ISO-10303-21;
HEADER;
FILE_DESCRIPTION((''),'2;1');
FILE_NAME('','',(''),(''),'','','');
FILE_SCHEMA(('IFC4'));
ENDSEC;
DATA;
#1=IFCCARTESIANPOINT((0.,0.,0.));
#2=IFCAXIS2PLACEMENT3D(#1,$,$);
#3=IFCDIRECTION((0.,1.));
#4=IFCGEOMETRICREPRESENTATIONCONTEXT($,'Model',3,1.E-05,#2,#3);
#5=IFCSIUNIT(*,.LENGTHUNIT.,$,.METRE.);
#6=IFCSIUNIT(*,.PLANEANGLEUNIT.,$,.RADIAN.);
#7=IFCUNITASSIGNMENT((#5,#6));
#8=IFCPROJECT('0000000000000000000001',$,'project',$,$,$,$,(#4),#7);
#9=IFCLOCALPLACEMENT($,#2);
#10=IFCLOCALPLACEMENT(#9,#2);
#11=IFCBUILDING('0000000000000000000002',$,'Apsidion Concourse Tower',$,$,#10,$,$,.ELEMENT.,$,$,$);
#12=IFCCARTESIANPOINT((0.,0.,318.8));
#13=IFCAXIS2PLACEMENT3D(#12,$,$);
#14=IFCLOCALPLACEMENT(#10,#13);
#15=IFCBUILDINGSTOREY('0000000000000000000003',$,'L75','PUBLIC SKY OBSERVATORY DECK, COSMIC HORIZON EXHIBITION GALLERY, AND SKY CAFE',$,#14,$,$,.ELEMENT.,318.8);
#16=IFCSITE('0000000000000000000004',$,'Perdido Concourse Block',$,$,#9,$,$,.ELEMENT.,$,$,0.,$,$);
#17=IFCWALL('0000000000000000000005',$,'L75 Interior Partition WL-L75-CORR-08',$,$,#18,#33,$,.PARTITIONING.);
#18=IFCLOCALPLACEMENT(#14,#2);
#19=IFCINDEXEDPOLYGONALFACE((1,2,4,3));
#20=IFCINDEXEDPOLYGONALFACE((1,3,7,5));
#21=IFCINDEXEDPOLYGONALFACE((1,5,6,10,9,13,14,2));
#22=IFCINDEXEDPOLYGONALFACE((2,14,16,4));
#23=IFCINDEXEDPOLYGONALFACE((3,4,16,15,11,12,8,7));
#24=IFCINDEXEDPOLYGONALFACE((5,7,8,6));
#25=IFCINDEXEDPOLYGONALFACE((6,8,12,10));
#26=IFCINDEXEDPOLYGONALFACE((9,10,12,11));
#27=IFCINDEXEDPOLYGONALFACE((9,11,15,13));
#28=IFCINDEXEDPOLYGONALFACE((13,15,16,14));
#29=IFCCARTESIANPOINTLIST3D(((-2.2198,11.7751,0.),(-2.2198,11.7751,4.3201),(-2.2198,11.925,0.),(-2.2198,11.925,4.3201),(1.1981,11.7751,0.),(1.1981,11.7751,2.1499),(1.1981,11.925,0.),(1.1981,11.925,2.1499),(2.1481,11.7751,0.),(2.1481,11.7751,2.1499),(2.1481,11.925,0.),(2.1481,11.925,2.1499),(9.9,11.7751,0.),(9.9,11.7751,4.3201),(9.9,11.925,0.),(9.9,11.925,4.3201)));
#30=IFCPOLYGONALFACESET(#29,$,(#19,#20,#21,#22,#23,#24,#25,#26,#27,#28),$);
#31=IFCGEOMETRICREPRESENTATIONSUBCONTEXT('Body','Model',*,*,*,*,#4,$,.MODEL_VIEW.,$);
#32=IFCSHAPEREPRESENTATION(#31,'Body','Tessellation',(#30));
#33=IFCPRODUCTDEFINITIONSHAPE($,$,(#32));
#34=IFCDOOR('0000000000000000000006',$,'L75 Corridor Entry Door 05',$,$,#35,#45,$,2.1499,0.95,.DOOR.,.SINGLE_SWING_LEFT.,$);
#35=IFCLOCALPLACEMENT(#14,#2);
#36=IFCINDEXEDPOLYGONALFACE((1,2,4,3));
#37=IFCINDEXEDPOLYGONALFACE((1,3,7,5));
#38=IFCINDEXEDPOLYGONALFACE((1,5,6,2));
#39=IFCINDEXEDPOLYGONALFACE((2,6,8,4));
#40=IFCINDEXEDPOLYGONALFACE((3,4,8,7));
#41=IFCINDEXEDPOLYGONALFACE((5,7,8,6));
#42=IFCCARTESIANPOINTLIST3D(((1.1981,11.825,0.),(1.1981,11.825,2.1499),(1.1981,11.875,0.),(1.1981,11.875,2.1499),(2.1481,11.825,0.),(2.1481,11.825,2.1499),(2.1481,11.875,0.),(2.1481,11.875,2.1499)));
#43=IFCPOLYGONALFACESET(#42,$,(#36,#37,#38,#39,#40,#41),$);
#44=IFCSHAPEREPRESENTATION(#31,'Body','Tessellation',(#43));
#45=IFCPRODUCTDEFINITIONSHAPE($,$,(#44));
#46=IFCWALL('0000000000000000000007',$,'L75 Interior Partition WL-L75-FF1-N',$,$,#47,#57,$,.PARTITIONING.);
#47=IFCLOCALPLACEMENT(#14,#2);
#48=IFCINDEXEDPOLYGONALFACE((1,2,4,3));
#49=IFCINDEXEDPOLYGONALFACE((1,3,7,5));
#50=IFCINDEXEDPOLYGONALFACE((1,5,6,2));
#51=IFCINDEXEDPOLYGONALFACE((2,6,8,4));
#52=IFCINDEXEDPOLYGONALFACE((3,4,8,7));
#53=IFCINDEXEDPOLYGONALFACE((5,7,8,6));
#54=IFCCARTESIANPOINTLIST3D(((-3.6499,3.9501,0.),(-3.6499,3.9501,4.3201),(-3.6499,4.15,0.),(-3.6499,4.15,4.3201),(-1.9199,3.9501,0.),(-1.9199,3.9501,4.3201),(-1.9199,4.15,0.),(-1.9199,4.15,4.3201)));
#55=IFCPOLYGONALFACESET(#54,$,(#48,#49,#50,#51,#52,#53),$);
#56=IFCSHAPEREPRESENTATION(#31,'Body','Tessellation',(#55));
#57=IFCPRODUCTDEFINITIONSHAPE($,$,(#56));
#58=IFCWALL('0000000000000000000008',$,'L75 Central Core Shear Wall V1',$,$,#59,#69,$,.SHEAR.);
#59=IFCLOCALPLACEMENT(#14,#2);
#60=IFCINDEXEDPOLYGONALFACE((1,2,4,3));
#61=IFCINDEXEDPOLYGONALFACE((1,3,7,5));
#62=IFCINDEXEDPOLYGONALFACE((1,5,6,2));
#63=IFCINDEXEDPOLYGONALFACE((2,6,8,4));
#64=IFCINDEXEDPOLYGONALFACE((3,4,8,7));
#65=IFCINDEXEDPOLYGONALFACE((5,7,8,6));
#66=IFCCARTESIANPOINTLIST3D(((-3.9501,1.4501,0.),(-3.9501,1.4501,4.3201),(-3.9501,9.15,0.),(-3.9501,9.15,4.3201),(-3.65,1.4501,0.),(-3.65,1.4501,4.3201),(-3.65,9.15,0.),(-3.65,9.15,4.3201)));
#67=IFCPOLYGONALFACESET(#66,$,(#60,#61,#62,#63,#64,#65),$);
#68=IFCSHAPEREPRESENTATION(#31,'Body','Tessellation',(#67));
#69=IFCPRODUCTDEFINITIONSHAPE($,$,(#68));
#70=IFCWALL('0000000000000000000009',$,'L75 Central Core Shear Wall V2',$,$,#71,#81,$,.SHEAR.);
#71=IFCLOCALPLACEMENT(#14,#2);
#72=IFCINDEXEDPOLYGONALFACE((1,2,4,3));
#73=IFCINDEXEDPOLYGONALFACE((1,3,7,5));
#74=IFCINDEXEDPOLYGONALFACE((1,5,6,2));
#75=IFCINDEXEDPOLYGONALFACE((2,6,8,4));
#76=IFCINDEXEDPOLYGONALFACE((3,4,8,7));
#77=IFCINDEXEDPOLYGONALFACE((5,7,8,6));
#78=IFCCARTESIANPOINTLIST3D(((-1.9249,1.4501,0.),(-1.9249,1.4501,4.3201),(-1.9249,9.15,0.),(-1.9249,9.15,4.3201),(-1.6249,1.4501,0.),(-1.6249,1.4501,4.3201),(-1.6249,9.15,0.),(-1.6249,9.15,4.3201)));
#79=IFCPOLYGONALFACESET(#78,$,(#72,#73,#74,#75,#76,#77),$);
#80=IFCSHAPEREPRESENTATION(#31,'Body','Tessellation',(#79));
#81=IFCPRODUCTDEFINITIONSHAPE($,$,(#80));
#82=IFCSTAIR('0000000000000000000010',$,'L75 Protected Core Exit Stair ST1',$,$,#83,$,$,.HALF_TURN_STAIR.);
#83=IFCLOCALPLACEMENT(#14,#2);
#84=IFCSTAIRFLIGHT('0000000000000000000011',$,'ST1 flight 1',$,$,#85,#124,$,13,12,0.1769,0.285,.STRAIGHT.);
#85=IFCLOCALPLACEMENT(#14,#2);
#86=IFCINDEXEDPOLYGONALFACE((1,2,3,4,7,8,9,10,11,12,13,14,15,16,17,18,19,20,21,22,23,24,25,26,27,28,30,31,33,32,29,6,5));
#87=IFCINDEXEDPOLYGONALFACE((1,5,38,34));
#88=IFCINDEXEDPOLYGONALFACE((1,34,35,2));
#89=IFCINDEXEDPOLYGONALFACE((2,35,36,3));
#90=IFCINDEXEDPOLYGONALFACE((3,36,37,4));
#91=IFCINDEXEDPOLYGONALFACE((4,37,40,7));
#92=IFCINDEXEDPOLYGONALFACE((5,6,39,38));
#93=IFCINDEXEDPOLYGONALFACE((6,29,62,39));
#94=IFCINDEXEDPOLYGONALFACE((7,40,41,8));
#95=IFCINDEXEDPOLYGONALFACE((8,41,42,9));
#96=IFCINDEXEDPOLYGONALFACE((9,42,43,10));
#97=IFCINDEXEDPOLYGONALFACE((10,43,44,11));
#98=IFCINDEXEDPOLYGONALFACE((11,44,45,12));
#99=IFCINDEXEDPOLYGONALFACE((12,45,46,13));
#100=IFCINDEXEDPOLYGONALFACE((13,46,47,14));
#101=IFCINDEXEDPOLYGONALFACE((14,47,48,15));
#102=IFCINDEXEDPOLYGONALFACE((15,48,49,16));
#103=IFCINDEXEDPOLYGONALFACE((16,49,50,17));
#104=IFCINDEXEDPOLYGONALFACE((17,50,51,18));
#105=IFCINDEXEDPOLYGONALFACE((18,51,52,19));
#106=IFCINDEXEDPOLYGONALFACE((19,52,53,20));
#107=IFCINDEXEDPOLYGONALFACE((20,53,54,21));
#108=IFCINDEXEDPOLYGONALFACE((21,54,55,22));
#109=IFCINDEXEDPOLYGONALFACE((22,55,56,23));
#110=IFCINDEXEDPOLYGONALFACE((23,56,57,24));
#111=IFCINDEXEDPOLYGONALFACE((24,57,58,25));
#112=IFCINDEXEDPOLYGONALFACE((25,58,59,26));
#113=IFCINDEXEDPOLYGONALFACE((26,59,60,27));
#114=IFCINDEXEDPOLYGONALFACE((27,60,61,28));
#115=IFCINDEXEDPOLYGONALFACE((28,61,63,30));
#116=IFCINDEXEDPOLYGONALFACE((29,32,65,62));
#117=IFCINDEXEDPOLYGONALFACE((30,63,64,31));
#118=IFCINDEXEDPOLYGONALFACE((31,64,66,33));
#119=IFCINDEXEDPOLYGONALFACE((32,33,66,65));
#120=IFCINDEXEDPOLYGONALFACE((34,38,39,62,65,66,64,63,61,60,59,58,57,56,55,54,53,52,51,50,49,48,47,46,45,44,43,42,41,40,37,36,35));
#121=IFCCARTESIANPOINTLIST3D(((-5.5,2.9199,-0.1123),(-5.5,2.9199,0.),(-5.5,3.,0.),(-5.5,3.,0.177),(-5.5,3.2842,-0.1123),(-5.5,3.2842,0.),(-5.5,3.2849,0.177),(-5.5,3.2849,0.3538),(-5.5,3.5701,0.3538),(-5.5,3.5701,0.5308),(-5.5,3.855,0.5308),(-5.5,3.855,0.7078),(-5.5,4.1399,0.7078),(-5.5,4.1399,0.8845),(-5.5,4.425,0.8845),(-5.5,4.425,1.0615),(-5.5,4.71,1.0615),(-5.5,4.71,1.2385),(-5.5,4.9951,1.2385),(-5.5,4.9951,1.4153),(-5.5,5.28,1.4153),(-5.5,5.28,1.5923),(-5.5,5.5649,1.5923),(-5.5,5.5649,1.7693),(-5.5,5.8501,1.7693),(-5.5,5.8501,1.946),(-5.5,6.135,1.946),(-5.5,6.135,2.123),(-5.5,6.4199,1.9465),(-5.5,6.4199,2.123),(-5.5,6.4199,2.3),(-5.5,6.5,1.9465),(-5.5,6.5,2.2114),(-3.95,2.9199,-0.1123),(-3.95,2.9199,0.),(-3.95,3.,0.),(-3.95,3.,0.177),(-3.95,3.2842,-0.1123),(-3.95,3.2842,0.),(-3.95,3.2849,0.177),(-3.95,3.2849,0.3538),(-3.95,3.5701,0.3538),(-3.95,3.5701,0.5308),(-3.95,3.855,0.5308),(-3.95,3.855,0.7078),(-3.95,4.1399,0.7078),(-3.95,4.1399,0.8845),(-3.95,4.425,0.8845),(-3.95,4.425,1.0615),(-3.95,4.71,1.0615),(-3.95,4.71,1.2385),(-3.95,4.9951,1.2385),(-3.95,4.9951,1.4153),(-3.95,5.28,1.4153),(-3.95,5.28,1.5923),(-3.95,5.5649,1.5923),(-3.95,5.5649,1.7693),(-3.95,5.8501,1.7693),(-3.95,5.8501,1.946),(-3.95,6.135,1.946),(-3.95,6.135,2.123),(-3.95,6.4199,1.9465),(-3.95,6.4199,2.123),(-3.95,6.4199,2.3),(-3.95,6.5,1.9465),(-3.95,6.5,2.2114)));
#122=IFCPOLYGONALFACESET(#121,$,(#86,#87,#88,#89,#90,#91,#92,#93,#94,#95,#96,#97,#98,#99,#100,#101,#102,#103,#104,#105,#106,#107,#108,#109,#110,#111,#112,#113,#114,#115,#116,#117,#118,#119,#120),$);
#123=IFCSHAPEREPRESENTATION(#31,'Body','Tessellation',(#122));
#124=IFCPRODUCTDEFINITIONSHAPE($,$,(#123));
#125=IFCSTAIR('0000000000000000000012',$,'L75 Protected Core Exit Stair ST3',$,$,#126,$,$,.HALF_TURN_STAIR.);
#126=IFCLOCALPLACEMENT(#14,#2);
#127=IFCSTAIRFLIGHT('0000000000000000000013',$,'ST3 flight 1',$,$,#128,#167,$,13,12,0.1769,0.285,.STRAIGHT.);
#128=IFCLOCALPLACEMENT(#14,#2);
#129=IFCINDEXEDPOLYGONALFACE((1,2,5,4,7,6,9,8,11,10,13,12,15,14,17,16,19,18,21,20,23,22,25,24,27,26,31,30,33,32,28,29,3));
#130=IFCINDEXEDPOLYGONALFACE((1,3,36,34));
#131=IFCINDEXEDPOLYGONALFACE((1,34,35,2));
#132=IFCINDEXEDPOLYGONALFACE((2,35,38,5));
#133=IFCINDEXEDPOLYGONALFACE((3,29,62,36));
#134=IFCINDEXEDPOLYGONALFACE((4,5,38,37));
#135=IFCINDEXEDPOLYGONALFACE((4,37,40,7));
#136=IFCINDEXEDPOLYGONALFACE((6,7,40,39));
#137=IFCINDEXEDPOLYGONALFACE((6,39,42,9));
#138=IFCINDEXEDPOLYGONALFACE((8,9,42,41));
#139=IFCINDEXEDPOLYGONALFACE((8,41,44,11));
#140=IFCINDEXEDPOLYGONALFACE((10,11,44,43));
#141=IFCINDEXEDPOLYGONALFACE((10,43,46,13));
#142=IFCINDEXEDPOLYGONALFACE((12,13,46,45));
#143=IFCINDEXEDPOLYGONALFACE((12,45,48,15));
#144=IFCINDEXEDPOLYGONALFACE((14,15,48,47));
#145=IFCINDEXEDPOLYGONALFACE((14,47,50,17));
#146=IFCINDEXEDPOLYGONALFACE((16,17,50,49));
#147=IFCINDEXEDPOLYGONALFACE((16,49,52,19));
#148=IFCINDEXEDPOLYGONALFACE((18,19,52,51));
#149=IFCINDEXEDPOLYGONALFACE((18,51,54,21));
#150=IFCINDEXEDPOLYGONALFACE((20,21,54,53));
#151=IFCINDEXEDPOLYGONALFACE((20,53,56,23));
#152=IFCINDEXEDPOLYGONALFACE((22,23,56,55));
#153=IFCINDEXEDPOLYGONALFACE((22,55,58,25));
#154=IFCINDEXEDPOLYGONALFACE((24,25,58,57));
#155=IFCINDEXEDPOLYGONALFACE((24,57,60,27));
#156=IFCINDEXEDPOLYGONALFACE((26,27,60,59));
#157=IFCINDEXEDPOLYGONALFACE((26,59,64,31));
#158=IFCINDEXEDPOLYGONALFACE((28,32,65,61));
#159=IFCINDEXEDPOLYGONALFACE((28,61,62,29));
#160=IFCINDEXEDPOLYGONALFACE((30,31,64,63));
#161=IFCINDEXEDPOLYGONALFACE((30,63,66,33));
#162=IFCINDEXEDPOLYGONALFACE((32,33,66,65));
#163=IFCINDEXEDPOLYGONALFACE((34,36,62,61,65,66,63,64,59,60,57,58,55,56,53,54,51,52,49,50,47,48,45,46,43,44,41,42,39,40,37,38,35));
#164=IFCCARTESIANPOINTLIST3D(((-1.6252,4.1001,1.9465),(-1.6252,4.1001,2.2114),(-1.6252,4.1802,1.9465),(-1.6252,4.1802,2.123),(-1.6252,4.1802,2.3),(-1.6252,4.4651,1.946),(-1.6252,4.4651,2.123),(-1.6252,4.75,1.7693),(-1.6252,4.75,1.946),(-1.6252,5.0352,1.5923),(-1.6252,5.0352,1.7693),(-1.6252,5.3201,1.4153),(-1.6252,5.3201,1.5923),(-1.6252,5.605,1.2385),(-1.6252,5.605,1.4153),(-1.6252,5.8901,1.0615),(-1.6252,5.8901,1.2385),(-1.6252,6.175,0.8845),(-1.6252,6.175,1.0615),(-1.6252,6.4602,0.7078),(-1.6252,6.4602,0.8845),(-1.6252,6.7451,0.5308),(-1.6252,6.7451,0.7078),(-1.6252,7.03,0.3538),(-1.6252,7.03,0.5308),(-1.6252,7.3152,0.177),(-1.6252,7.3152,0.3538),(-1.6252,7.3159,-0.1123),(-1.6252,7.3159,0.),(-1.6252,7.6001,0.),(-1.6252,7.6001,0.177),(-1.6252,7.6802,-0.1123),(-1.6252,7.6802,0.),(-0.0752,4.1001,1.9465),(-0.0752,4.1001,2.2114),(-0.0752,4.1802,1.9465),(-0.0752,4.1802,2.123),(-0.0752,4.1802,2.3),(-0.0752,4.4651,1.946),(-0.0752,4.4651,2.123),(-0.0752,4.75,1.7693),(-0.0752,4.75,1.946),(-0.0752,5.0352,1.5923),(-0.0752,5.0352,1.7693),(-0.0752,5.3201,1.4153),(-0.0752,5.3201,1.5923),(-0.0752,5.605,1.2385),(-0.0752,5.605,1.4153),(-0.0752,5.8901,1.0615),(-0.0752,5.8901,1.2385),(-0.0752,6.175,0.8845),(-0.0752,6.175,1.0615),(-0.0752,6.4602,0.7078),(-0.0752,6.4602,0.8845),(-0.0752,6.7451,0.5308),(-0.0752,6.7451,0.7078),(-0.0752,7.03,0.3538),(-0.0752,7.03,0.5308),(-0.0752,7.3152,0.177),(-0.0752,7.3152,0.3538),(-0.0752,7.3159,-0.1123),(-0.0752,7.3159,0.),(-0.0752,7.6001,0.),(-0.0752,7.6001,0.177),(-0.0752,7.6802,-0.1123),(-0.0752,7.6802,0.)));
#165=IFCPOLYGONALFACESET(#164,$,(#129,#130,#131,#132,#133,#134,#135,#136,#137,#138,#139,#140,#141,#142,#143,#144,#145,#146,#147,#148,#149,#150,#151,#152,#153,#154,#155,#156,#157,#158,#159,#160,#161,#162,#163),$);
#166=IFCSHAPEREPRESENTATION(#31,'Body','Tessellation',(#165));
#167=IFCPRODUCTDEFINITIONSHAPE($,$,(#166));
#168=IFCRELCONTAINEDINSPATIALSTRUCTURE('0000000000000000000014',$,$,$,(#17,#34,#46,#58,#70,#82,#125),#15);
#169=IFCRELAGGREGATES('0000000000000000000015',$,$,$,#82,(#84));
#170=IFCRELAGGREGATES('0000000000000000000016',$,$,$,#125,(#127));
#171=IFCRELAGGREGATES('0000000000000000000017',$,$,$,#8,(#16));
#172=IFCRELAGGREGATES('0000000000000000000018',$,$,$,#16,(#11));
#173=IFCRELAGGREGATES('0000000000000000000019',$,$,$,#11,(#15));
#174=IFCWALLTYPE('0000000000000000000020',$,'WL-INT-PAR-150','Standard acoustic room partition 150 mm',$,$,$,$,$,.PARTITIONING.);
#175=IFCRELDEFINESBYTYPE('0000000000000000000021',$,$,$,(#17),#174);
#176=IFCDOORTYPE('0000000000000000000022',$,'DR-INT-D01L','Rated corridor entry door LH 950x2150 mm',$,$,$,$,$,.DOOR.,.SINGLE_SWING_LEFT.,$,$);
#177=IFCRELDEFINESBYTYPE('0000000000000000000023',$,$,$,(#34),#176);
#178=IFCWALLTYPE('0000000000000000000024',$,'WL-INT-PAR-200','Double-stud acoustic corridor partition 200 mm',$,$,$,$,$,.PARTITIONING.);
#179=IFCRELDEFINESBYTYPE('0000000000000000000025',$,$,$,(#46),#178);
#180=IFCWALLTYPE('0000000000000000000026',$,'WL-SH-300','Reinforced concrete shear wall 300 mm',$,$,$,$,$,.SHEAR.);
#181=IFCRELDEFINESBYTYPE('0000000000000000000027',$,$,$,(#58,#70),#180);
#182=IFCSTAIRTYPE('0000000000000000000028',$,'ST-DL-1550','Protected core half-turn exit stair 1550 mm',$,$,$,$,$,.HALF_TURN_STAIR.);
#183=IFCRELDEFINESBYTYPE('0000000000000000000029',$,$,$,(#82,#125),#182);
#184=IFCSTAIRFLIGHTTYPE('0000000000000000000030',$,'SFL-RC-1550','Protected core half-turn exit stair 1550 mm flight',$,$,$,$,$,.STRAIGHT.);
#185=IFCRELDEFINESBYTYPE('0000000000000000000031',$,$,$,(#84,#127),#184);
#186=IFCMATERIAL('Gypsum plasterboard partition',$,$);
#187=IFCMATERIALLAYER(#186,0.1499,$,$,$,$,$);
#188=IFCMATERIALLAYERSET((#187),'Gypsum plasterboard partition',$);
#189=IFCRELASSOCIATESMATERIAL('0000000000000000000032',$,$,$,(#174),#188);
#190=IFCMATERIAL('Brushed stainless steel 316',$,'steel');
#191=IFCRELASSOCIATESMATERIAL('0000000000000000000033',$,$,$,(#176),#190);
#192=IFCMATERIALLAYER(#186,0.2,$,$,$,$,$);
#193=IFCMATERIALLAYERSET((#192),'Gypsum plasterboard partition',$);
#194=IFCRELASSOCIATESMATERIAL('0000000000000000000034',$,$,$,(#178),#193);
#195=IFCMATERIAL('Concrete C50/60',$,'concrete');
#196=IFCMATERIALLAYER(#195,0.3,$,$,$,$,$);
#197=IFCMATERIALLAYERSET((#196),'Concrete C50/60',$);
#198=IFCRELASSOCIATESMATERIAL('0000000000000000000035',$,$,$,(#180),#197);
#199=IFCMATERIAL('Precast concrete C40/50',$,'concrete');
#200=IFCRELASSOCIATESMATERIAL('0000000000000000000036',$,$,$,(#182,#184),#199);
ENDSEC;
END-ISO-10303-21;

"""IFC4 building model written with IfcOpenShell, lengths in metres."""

from ifc_helpers import new_model, si_unit, direction, frame, frame_2d, origin, place, context, subcontext, project, spatial, polyline, rectangle, outline, extrude, material, layer, layer_set, type_object, element, fill, aggregate, save


model = new_model("IFC4")

# Units and contexts
model_context = context("Model", 3, precision=1e-05, world=origin(), true_north=direction((0.0, 1.0)))
body_context = subcontext(model_context, "Body", "Model", "MODEL_VIEW")
ifc_project = project(units=[si_unit("LENGTHUNIT", "METRE"), si_unit("PLANEANGLEUNIT", "RADIAN")], contexts=[model_context])

# Site, building, storey
site_placement = place(None, origin())
site = spatial("IfcSite", under=ifc_project, at=site_placement, Name="Perdido Concourse Block", CompositionType="ELEMENT", RefElevation=0.0)
building_placement = place(site_placement, origin())
building = spatial("IfcBuilding", under=site, at=building_placement, Name="Apsidion Concourse Tower", CompositionType="ELEMENT")
storey_placement = place(building_placement, frame((0.0, 0.0, 318.8)))
storey = spatial("IfcBuildingStorey", under=building, at=storey_placement, Name="L75", Description="PUBLIC SKY OBSERVATORY DECK, COSMIC HORIZON EXHIBITION GALLERY, AND SKY CAFE", CompositionType="ELEMENT", Elevation=318.8)

# Shared definitions
ifc_material_1 = material(Name="Concrete C50/60", Category="concrete")

# Shared definitions
ifc_material_2 = material(Name="Gypsum plasterboard partition")
ifc_layer_1 = layer(ifc_material_2, 0.1499)
ifc_layer_set_1 = layer_set([ifc_layer_1], Name="Gypsum plasterboard partition")
wall_type_1 = type_object("IfcWallType", Name="WL-INT-PAR-150", Description="Standard acoustic room partition 150 mm", PredefinedType="PARTITIONING", material=ifc_layer_set_1)

# Wall, opening, door
wall_1_placement = place(storey_placement, frame((-2.22, 11.8501, 0.0), z_axis=(0.0, 0.0, 1.0), x_axis=(1.0, 0.0, 0.0)))
wall_1 = element("IfcWall", 1, at=wall_1_placement, inside=storey, type_object=wall_type_1, Name="L75 Interior Partition WL-L75-CORR-08", PredefinedType="PARTITIONING", context=body_context, shape_type="SweptSolid", body=[
    extrude(rectangle(XDim=12.1199, YDim=0.1499, at=frame_2d((6.0601, 0.0))), origin(), (0.0, 0.0, 1.0), 4.3201),
])
opening_placement = place(wall_1_placement, frame((3.418, 0.0, 0.0)))
opening = element("IfcOpeningElement", 2, at=opening_placement, cuts=wall_1, PredefinedType="OPENING", context=body_context, shape_type="SweptSolid", body=[
    extrude(rectangle(XDim=0.95, YDim=2.1499, at=frame_2d((0.4751, 1.075))), frame((0.0, 0.085, 0.0), z_axis=(0.0, -1.0, 0.0), x_axis=(1.0, 0.0, 0.0)), (0.0, 0.0, 1.0), 0.1699),
])
ifc_material_3 = material(Name="Brushed stainless steel 316", Category="steel")
door_type = type_object("IfcDoorType", Name="DR-INT-D01L", Description="Rated corridor entry door LH 950x2150 mm", OperationType="SINGLE_SWING_LEFT", PredefinedType="DOOR", material=ifc_material_3)
door_placement = place(opening_placement, origin())
door = element("IfcDoor", 3, at=door_placement, inside=storey, type_object=door_type, Name="L75 Corridor Entry Door 05", OperationType="SINGLE_SWING_LEFT", OverallHeight=2.1499, OverallWidth=0.95, PredefinedType="DOOR", context=body_context, shape_type="SweptSolid", body=[
    extrude(rectangle(XDim=0.95, YDim=2.1499, at=frame_2d((0.4751, 1.075))), frame((0.0, 0.0249, 0.0), z_axis=(0.0, -1.0, 0.0), x_axis=(1.0, 0.0, 0.0)), (0.0, 0.0, 1.0), 0.05),
])
fill(opening, door)

# Walls
ifc_layer_2 = layer(ifc_material_2, 0.2)
ifc_layer_set_2 = layer_set([ifc_layer_2], Name="Gypsum plasterboard partition")
wall_type_2 = type_object("IfcWallType", Name="WL-INT-PAR-200", Description="Double-stud acoustic corridor partition 200 mm", PredefinedType="PARTITIONING", material=ifc_layer_set_2)
wall_2_placement = place(storey_placement, frame((-3.6499, 4.05, 0.0), z_axis=(0.0, 0.0, 1.0), x_axis=(1.0, 0.0, 0.0)))
element("IfcWall", 4, at=wall_2_placement, inside=storey, type_object=wall_type_2, Name="L75 Interior Partition WL-L75-FF1-N", PredefinedType="PARTITIONING", context=body_context, shape_type="SweptSolid", body=[
    extrude(rectangle(XDim=1.73, YDim=0.2, at=frame_2d((0.865, 0.0))), origin(), (0.0, 0.0, 1.0), 4.3201),
])
ifc_layer_3 = layer(ifc_material_1, 0.3)
ifc_layer_set_3 = layer_set([ifc_layer_3], Name="Concrete C50/60")
wall_type_3 = type_object("IfcWallType", Name="WL-SH-300", Description="Reinforced concrete shear wall 300 mm", PredefinedType="SHEAR", material=ifc_layer_set_3)
for number, where, z_axis, x_axis, name in (
    (5, (-3.8, 1.45, 0.0), (0.0, 0.0, 1.0), (0.0, 1.0, 0.0), "L75 Central Core Shear Wall V1"),
    (6, (-1.7749, 1.45, 0.0), (0.0, 0.0, 1.0), (0.0, 1.0, 0.0), "L75 Central Core Shear Wall V2"),
):
    element("IfcWall", number, at=place(storey_placement, frame(where, z_axis=z_axis, x_axis=x_axis)), inside=storey, type_object=wall_type_3, Name=name, PredefinedType="SHEAR", context=body_context, shape_type="SweptSolid", body=[
        extrude(rectangle(XDim=7.7, YDim=0.3, at=frame_2d((3.8501, 0.0))), origin(), (0.0, 0.0, 1.0), 4.3201),
    ])

# Stairs, stair flights
ifc_material_4 = material(Name="Precast concrete C40/50", Category="concrete")
stair_type = type_object("IfcStairType", Name="ST-DL-1550", Description="Protected core half-turn exit stair 1550 mm", PredefinedType="HALF_TURN_STAIR", material=ifc_material_4)
stair_1_placement = place(storey_placement, origin())
stair_1 = element("IfcStair", 7, at=stair_1_placement, inside=storey, type_object=stair_type, Name="L75 Protected Core Exit Stair ST1", PredefinedType="HALF_TURN_STAIR")
stair_flight_type = type_object("IfcStairFlightType", Name="SFL-RC-1550", Description="Protected core half-turn exit stair 1550 mm flight", PredefinedType="STRAIGHT", material=ifc_material_4)
stair_flight_1_placement = place(storey_placement, frame((-4.7251, 3.0, 0.0), z_axis=(0.0, 0.0, 1.0), x_axis=(0.0, 1.0, 0.0)))
stair_flight_1 = element("IfcStairFlight", 8, at=stair_flight_1_placement, type_object=stair_flight_type, Name="ST1 flight 1", NumberOfRisers=13, NumberOfTreads=12, PredefinedType="STRAIGHT", RiserHeight=0.1769, TreadLength=0.285, context=body_context, shape_type="SweptSolid", body=[
    extrude(outline(polyline([(-0.0801, -0.1123), (-0.0801, 0.0), (0.0, 0.0), (0.0, 0.177), (0.2849, 0.177), (0.2849, 0.3538), (0.5701, 0.3538), (0.5701, 0.5308), (0.855, 0.5308), (0.855, 0.7078), (1.1399, 0.7078), (1.1399, 0.8845), (1.425, 0.8845), (1.425, 1.0615), (1.71, 1.0615), (1.71, 1.2385), (1.9951, 1.2385), (1.9951, 1.4153), (2.28, 1.4153), (2.28, 1.5923), (2.5649, 1.5923), (2.5649, 1.7693), (2.8501, 1.7693), (2.8501, 1.946), (3.135, 1.946), (3.135, 2.123), (3.4199, 2.123), (3.4199, 2.3), (3.5, 2.2114), (3.5, 1.9465), (3.4199, 1.9465), (0.2842, 0.0), (0.2842, -0.1123), (-0.0801, -0.1123)])), frame((0.0, 0.7749, 0.0), z_axis=(0.0, -1.0, 0.0), x_axis=(1.0, 0.0, 0.0)), (0.0, 0.0, 1.0), 1.55),
])
aggregate(stair_1, [stair_flight_1])
stair_2_placement = place(storey_placement, origin())
stair_2 = element("IfcStair", 9, at=stair_2_placement, inside=storey, type_object=stair_type, Name="L75 Protected Core Exit Stair ST3", PredefinedType="HALF_TURN_STAIR")
stair_flight_2_placement = place(storey_placement, frame((-0.8501, 7.6001, 0.0), z_axis=(0.0, 0.0, 1.0), x_axis=(0.0, -1.0, 0.0)))
stair_flight_2 = element("IfcStairFlight", 10, at=stair_flight_2_placement, type_object=stair_flight_type, Name="ST3 flight 1", NumberOfRisers=13, NumberOfTreads=12, PredefinedType="STRAIGHT", RiserHeight=0.1769, TreadLength=0.285, context=body_context, shape_type="SweptSolid", body=[
    extrude(outline(polyline([(-0.0801, -0.1123), (-0.0801, 0.0), (0.0, 0.0), (0.0, 0.177), (0.2849, 0.177), (0.2849, 0.3538), (0.5701, 0.3538), (0.5701, 0.5308), (0.855, 0.5308), (0.855, 0.7078), (1.1399, 0.7078), (1.1399, 0.8845), (1.425, 0.8845), (1.425, 1.0615), (1.71, 1.0615), (1.71, 1.2385), (1.9951, 1.2385), (1.9951, 1.4153), (2.28, 1.4153), (2.28, 1.5923), (2.5649, 1.5923), (2.5649, 1.7693), (2.8501, 1.7693), (2.8501, 1.946), (3.135, 1.946), (3.135, 2.123), (3.4199, 2.123), (3.4199, 2.3), (3.5, 2.2114), (3.5, 1.9465), (3.4199, 1.9465), (0.2842, 0.0), (0.2842, -0.1123), (-0.0801, -0.1123)])), frame((0.0, 0.7749, 0.0), z_axis=(0.0, -1.0, 0.0), x_axis=(1.0, 0.0, 0.0)), (0.0, 0.0, 1.0), 1.55),
])
aggregate(stair_2, [stair_flight_2])

save(model, "model.ifc")
